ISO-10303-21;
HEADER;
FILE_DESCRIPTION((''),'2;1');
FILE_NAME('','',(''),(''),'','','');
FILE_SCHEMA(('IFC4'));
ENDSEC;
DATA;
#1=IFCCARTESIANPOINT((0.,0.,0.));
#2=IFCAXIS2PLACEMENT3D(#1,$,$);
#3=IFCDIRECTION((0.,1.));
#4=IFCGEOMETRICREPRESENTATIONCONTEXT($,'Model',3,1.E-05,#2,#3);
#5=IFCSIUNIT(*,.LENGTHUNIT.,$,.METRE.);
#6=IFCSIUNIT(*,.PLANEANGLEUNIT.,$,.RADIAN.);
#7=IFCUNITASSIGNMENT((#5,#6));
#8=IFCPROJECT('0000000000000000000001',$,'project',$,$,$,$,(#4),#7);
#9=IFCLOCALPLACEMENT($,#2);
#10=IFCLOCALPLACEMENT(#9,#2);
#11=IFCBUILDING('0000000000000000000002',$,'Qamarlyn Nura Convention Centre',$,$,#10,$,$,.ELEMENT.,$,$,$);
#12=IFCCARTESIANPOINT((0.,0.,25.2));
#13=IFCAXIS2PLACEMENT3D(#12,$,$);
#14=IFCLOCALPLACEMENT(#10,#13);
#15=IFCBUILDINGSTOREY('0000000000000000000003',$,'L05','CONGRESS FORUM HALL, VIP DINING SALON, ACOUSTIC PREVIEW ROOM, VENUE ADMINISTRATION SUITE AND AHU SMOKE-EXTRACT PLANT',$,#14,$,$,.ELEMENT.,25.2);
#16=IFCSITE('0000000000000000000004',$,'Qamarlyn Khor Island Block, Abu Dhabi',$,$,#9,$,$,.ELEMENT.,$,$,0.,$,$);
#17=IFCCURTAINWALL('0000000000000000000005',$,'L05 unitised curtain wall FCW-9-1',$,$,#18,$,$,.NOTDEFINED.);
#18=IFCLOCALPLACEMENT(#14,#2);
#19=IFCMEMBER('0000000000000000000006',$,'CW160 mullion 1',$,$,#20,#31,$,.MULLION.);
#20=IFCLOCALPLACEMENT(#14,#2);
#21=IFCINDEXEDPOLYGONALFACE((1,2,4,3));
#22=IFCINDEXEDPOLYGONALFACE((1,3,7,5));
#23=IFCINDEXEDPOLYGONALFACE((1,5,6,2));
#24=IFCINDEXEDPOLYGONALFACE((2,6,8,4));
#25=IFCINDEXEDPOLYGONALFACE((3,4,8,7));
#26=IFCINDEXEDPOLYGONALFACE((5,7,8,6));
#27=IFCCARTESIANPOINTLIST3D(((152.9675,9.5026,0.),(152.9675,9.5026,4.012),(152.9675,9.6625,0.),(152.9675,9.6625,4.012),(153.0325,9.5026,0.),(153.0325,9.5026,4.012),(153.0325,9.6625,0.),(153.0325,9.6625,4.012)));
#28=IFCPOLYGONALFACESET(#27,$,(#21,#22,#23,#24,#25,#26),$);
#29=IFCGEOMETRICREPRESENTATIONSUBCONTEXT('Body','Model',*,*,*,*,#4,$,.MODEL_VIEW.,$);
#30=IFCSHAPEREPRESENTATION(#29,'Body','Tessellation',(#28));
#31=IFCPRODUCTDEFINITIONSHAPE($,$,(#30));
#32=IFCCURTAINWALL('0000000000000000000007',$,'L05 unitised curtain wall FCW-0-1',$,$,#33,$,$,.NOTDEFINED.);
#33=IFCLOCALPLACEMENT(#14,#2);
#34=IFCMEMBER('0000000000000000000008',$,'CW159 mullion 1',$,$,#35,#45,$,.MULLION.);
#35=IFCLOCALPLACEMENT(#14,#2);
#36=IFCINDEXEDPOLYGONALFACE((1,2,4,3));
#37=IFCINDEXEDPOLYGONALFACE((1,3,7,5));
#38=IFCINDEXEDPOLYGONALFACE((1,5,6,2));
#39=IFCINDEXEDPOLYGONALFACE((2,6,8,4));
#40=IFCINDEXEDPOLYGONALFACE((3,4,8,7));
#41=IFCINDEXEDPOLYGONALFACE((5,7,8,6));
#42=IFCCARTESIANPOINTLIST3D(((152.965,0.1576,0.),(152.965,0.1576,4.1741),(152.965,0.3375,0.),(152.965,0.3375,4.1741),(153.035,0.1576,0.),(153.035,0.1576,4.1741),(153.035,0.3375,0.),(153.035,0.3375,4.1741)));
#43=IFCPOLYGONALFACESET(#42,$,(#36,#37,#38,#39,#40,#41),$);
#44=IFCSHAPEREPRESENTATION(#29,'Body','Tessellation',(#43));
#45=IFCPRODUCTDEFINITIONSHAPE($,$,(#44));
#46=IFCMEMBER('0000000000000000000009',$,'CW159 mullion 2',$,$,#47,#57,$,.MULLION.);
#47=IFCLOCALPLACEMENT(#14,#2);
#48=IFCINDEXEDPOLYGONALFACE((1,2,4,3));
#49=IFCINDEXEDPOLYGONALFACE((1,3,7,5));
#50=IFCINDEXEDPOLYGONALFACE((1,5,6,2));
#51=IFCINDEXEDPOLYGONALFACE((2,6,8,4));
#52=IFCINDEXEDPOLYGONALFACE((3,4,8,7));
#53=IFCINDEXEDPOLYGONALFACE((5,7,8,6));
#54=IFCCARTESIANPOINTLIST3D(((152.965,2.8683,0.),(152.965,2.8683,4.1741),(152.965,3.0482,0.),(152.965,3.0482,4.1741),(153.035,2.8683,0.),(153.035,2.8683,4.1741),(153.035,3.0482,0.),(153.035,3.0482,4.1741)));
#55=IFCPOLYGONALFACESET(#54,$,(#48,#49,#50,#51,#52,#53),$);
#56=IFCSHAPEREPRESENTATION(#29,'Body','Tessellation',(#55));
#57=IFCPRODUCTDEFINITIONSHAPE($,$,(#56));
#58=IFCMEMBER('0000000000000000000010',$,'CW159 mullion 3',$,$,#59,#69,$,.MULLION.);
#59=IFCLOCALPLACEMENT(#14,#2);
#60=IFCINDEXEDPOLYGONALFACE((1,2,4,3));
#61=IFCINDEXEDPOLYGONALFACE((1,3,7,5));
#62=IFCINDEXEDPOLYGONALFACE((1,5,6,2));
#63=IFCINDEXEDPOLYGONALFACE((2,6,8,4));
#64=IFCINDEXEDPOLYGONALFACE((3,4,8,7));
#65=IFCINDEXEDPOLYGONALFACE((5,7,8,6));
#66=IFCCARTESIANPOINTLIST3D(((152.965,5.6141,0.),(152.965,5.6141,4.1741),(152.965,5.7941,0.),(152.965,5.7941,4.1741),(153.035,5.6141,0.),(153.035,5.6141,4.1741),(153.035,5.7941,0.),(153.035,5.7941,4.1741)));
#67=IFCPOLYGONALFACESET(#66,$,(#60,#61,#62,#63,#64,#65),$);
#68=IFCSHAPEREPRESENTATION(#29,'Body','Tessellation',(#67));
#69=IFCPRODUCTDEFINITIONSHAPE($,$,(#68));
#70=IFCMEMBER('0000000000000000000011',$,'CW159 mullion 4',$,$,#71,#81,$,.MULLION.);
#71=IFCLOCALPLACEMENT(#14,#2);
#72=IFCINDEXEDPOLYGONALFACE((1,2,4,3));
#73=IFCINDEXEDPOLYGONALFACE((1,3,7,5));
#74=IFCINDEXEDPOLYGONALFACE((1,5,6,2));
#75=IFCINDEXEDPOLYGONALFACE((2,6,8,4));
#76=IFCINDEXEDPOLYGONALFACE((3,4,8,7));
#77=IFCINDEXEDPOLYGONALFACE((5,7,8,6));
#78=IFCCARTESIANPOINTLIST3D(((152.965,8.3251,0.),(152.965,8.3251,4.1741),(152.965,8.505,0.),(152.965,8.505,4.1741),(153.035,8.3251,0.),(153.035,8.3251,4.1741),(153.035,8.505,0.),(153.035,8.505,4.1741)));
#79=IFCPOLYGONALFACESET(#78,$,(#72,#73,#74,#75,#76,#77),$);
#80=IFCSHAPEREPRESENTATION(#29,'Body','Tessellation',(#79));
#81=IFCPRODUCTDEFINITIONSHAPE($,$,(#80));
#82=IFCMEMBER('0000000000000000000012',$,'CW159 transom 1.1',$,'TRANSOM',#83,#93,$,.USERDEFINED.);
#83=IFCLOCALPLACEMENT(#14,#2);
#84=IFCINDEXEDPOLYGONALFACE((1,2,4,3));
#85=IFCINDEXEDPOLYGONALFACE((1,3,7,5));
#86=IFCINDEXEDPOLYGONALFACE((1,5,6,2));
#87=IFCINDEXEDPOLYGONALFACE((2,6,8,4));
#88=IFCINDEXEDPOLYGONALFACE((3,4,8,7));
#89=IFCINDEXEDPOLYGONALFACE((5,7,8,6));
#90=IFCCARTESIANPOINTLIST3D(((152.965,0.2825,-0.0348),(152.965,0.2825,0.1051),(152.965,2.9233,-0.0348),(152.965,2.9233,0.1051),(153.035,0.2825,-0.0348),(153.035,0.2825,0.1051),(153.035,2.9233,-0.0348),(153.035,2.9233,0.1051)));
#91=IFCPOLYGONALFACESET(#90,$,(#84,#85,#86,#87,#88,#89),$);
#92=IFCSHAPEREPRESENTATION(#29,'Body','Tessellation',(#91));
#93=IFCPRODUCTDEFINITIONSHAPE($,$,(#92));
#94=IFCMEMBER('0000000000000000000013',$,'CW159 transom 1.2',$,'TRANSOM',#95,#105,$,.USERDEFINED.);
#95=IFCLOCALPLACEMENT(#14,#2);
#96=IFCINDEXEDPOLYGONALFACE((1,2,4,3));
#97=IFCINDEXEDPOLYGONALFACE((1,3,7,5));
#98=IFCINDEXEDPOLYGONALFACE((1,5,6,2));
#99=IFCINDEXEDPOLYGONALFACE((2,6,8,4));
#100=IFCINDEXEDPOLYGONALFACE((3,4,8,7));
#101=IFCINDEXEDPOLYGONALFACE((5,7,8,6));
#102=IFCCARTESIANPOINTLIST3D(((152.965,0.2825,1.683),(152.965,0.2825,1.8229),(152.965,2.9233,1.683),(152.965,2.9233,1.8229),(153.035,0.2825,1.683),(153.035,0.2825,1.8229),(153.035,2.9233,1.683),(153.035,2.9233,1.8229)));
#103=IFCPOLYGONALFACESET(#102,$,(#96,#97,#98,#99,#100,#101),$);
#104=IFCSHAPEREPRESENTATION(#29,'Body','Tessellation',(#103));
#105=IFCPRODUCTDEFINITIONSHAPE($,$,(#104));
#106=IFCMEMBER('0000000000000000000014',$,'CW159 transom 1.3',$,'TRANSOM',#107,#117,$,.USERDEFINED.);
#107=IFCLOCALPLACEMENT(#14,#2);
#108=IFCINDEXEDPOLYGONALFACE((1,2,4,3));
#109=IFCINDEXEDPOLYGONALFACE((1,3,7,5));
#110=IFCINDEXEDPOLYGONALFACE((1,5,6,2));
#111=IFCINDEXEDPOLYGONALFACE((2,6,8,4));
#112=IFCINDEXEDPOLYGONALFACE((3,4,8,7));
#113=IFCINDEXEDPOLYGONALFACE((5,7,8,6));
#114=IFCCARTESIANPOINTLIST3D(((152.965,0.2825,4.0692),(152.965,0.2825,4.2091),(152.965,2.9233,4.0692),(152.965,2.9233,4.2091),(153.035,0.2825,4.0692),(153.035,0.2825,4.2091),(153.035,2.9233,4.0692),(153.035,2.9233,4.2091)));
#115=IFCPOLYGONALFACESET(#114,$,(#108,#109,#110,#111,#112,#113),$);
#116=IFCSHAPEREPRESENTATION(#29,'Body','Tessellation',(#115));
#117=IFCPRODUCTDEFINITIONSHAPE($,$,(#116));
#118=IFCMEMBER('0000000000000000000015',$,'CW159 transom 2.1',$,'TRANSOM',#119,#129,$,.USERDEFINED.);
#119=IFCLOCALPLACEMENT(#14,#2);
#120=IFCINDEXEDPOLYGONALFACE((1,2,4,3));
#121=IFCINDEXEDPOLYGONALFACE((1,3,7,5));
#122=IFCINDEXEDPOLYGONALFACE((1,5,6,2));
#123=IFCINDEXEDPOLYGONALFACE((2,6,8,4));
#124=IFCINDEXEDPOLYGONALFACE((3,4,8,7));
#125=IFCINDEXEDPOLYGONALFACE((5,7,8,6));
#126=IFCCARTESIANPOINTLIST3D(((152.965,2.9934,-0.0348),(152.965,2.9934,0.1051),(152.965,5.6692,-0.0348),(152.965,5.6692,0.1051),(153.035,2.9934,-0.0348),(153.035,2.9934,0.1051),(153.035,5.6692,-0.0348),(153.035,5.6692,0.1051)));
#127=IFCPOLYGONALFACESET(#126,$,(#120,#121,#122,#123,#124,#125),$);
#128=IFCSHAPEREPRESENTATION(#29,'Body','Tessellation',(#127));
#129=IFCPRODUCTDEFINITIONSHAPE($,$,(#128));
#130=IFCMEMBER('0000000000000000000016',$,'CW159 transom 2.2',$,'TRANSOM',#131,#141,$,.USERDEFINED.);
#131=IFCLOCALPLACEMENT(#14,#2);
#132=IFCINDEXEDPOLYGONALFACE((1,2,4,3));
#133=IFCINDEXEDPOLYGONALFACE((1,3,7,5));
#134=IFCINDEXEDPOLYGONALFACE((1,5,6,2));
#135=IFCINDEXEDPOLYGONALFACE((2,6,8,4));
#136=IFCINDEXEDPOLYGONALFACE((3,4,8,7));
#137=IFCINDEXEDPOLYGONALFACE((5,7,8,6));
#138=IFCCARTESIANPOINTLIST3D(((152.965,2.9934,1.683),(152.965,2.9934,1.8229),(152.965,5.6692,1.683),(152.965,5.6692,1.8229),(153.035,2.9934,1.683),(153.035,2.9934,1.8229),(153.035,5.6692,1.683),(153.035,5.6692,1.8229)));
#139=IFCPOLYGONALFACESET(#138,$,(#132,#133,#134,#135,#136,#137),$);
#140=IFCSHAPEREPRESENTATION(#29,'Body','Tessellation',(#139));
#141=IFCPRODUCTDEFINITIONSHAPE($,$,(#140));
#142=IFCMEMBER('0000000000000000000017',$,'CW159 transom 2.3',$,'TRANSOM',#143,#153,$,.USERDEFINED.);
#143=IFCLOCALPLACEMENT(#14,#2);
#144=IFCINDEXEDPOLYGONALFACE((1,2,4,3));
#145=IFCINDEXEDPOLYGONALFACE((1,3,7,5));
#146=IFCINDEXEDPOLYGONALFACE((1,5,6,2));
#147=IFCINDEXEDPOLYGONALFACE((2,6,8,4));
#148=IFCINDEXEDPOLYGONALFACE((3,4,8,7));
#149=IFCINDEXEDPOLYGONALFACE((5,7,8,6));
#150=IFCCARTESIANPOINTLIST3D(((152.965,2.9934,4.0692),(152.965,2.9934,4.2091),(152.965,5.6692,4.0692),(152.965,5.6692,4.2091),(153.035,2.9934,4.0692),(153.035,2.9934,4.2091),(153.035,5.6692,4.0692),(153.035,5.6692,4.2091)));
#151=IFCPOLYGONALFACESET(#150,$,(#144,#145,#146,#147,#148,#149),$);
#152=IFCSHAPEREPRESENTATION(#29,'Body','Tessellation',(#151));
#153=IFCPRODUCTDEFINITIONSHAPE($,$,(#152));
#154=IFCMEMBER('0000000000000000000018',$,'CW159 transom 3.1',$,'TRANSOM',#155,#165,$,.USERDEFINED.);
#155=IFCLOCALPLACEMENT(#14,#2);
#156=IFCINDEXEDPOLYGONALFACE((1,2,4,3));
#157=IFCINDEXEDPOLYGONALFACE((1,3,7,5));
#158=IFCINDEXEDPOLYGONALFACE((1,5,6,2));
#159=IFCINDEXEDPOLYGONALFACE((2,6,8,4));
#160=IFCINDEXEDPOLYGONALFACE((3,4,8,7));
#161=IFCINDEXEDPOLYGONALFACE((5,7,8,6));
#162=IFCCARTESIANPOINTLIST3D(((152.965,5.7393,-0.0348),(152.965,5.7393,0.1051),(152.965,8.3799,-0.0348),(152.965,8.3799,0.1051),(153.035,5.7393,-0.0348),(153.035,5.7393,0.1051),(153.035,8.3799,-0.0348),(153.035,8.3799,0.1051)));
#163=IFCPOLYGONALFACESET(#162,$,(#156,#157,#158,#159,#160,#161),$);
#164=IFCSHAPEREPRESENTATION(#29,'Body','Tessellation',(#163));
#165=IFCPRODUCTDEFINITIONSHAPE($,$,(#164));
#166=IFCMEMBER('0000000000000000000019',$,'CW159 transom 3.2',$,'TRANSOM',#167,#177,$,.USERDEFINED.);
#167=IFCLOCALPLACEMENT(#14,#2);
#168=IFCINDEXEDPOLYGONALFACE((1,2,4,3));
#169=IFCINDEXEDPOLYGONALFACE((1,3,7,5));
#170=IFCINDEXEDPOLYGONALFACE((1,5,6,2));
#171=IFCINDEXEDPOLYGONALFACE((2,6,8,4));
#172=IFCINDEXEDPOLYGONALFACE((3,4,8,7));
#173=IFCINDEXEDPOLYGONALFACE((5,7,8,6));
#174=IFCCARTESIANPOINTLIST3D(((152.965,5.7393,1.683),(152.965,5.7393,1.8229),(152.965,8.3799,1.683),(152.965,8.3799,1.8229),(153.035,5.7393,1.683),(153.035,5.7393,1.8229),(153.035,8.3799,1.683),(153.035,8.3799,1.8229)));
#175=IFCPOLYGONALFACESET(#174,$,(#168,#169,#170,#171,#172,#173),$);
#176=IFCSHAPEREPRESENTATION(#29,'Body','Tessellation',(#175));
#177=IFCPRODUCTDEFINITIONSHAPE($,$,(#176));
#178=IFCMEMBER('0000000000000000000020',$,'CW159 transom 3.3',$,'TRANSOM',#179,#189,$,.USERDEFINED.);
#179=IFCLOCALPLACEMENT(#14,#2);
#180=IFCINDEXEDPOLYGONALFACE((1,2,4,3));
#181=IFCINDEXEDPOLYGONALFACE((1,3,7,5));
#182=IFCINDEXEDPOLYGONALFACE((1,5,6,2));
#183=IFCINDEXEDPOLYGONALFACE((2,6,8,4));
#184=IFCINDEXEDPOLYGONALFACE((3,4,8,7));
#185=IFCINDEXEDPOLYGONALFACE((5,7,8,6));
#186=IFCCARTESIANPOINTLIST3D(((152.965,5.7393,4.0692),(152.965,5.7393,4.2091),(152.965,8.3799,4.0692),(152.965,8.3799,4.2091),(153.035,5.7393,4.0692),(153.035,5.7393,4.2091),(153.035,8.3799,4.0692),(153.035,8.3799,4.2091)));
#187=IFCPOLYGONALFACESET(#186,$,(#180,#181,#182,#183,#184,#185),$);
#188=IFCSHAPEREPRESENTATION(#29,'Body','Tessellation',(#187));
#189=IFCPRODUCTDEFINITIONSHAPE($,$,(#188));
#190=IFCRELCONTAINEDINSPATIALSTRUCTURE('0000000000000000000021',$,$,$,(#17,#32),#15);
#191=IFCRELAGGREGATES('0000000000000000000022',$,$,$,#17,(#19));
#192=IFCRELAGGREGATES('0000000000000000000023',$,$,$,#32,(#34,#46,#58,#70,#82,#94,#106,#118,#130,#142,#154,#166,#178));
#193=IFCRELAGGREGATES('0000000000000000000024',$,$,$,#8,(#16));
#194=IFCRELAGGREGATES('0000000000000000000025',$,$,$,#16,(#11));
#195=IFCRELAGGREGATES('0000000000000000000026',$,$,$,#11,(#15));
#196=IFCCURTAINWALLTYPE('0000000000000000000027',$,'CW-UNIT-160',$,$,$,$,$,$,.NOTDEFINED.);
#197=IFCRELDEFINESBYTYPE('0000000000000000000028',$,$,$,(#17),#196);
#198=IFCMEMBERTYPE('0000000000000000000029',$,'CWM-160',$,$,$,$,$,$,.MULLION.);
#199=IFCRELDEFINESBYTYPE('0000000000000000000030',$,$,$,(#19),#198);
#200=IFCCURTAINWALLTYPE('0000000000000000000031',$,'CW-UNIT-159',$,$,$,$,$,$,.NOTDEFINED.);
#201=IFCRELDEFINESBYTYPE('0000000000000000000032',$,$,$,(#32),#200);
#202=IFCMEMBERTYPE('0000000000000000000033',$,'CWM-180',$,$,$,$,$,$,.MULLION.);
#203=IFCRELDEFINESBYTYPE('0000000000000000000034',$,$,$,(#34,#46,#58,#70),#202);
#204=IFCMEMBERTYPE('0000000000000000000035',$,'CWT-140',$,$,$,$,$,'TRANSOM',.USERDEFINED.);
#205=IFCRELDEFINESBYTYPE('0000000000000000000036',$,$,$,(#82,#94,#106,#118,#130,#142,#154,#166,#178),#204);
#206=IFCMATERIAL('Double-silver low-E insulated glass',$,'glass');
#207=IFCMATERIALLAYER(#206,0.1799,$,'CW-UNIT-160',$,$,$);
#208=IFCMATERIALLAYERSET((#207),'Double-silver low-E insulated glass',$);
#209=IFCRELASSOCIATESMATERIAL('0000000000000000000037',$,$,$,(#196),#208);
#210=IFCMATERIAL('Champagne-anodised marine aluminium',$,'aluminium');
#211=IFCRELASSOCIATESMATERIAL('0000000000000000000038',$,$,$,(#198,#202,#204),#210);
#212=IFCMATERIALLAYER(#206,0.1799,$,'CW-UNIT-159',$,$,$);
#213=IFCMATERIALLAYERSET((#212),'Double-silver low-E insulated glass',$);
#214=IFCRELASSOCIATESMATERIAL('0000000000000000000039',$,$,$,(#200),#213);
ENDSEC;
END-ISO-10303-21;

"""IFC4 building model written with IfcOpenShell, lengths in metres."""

from ifc_helpers import new_model, si_unit, direction, frame, origin, origin_2d, place, context, subcontext, project, spatial, rectangle, extrude, material, layer, layer_set, material_profile, profile_set, type_object, element, aggregate, save


model = new_model("IFC4")

# Units and contexts
model_context = context("Model", 3, precision=1e-05, world=origin(), true_north=direction((0.0, 1.0)))
body_context = subcontext(model_context, "Body", "Model", "MODEL_VIEW")
ifc_project = project(units=[si_unit("LENGTHUNIT", "METRE"), si_unit("PLANEANGLEUNIT", "RADIAN")], contexts=[model_context])

# Site, building, storey
site_placement = place(None, origin())
site = spatial("IfcSite", under=ifc_project, at=site_placement, Name="Qamarlyn Khor Island Block, Abu Dhabi", CompositionType="ELEMENT", RefElevation=0.0)
building_placement = place(site_placement, origin())
building = spatial("IfcBuilding", under=site, at=building_placement, Name="Qamarlyn Nura Convention Centre", CompositionType="ELEMENT")
storey_placement = place(building_placement, frame((0.0, 0.0, 25.2)))
storey = spatial("IfcBuildingStorey", under=building, at=storey_placement, Name="L05", Description="CONGRESS FORUM HALL, VIP DINING SALON, ACOUSTIC PREVIEW ROOM, VENUE ADMINISTRATION SUITE AND AHU SMOKE-EXTRACT PLANT", CompositionType="ELEMENT", Elevation=25.2)

# Curtain wall, member
ifc_material_1 = material(Name="Double-silver low-E insulated glass", Category="glass")
ifc_layer_1 = layer(ifc_material_1, 0.1799, Name="CW-UNIT-160")
ifc_layer_set_1 = layer_set([ifc_layer_1], Name="Double-silver low-E insulated glass")
curtain_wall_type_1 = type_object("IfcCurtainWallType", Name="CW-UNIT-160", PredefinedType="NOTDEFINED", material=ifc_layer_set_1)
curtain_wall_1_placement = place(storey_placement, origin())
curtain_wall_1 = element("IfcCurtainWall", 1, at=curtain_wall_1_placement, inside=storey, type_object=curtain_wall_type_1, Name="L05 unitised curtain wall FCW-9-1", PredefinedType="NOTDEFINED")
ifc_material_2 = material(Name="Champagne-anodised marine aluminium", Category="aluminium")
ifc_material_profile_1 = material_profile(ifc_material_2, rectangle(XDim=0.0649, YDim=0.1599, at=origin_2d()), Name="ALU MULLION 65x160")
ifc_profile_set_1 = profile_set([ifc_material_profile_1], Name="Champagne-anodised marine aluminium")
member_type_1 = type_object("IfcMemberType", Name="CWM-160", PredefinedType="MULLION", material=ifc_profile_set_1)
member_1_placement = place(storey_placement, frame((153.0, 9.5825, 0.0), z_axis=(0.0, 0.0, 1.0), x_axis=(-1.0, 0.0, 0.0)))
member_1 = element("IfcMember", 2, at=member_1_placement, type_object=member_type_1, Name="CW160 mullion 1", PredefinedType="MULLION", context=body_context, shape_type="SweptSolid", body=[
    extrude(rectangle(XDim=0.0649, YDim=0.1599, at=origin_2d()), origin(), (0.0, 0.0, 1.0), 4.012),
])
aggregate(curtain_wall_1, [member_1])

# Curtain wall, members
ifc_layer_2 = layer(ifc_material_1, 0.1799, Name="CW-UNIT-159")
ifc_layer_set_2 = layer_set([ifc_layer_2], Name="Double-silver low-E insulated glass")
curtain_wall_type_2 = type_object("IfcCurtainWallType", Name="CW-UNIT-159", PredefinedType="NOTDEFINED", material=ifc_layer_set_2)
curtain_wall_2_placement = place(storey_placement, origin())
curtain_wall_2 = element("IfcCurtainWall", 3, at=curtain_wall_2_placement, inside=storey, type_object=curtain_wall_type_2, Name="L05 unitised curtain wall FCW-0-1", PredefinedType="NOTDEFINED")
ifc_material_profile_2 = material_profile(ifc_material_2, rectangle(XDim=0.0701, YDim=0.1799, at=origin_2d()), Name="ALU MULLION 70x180")
ifc_profile_set_2 = profile_set([ifc_material_profile_2], Name="Champagne-anodised marine aluminium")
member_type_2 = type_object("IfcMemberType", Name="CWM-180", PredefinedType="MULLION", material=ifc_profile_set_2)
member_2_placement = place(storey_placement, frame((153.0, 0.2476, 0.0), z_axis=(0.0, 0.0, 1.0), x_axis=(-1.0, 0.0, 0.0)))
member_2 = element("IfcMember", 4, at=member_2_placement, type_object=member_type_2, Name="CW159 mullion 1", PredefinedType="MULLION", context=body_context, shape_type="SweptSolid", body=[
    extrude(rectangle(XDim=0.0701, YDim=0.1799, at=origin_2d()), origin(), (0.0, 0.0, 1.0), 4.1741),
])
member_3_placement = place(storey_placement, frame((153.0, 2.9583, 0.0), z_axis=(0.0, 0.0, 1.0), x_axis=(-1.0, 0.0, 0.0)))
member_3 = element("IfcMember", 5, at=member_3_placement, type_object=member_type_2, Name="CW159 mullion 2", PredefinedType="MULLION", context=body_context, shape_type="SweptSolid", body=[
    extrude(rectangle(XDim=0.0701, YDim=0.1799, at=origin_2d()), origin(), (0.0, 0.0, 1.0), 4.1741),
])
member_4_placement = place(storey_placement, frame((153.0, 5.7041, 0.0), z_axis=(0.0, 0.0, 1.0), x_axis=(-1.0, 0.0, 0.0)))
member_4 = element("IfcMember", 6, at=member_4_placement, type_object=member_type_2, Name="CW159 mullion 3", PredefinedType="MULLION", context=body_context, shape_type="SweptSolid", body=[
    extrude(rectangle(XDim=0.0701, YDim=0.1799, at=origin_2d()), origin(), (0.0, 0.0, 1.0), 4.1741),
])
member_5_placement = place(storey_placement, frame((153.0, 8.415, 0.0), z_axis=(0.0, 0.0, 1.0), x_axis=(-1.0, 0.0, 0.0)))
member_5 = element("IfcMember", 7, at=member_5_placement, type_object=member_type_2, Name="CW159 mullion 4", PredefinedType="MULLION", context=body_context, shape_type="SweptSolid", body=[
    extrude(rectangle(XDim=0.0701, YDim=0.1799, at=origin_2d()), origin(), (0.0, 0.0, 1.0), 4.1741),
])
ifc_material_profile_3 = material_profile(ifc_material_2, rectangle(XDim=0.0701, YDim=0.1399, at=origin_2d()), Name="ALU TRANSOM 70x140")
ifc_profile_set_3 = profile_set([ifc_material_profile_3], Name="Champagne-anodised marine aluminium")
member_type_3 = type_object("IfcMemberType", Name="CWT-140", ElementType="TRANSOM", PredefinedType="USERDEFINED", material=ifc_profile_set_3)
member_6_placement = place(storey_placement, frame((153.0, 0.2825, 0.0352), z_axis=(0.0, 1.0, 0.0), x_axis=(-1.0, 0.0, 0.0)))
member_6 = element("IfcMember", 8, at=member_6_placement, type_object=member_type_3, Name="CW159 transom 1.1", ObjectType="TRANSOM", PredefinedType="USERDEFINED", context=body_context, shape_type="SweptSolid", body=[
    extrude(rectangle(XDim=0.0701, YDim=0.1399, at=origin_2d()), origin(), (0.0, 0.0, 1.0), 2.6409),
])
member_7_placement = place(storey_placement, frame((153.0, 0.2825, 1.7529), z_axis=(0.0, 1.0, 0.0), x_axis=(-1.0, 0.0, 0.0)))
member_7 = element("IfcMember", 9, at=member_7_placement, type_object=member_type_3, Name="CW159 transom 1.2", ObjectType="TRANSOM", PredefinedType="USERDEFINED", context=body_context, shape_type="SweptSolid", body=[
    extrude(rectangle(XDim=0.0701, YDim=0.1399, at=origin_2d()), origin(), (0.0, 0.0, 1.0), 2.6409),
])
member_8_placement = place(storey_placement, frame((153.0, 0.2825, 4.1392), z_axis=(0.0, 1.0, 0.0), x_axis=(-1.0, 0.0, 0.0)))
member_8 = element("IfcMember", 10, at=member_8_placement, type_object=member_type_3, Name="CW159 transom 1.3", ObjectType="TRANSOM", PredefinedType="USERDEFINED", context=body_context, shape_type="SweptSolid", body=[
    extrude(rectangle(XDim=0.0701, YDim=0.1399, at=origin_2d()), origin(), (0.0, 0.0, 1.0), 2.6409),
])
member_9_placement = place(storey_placement, frame((153.0, 2.9934, 0.0352), z_axis=(0.0, 1.0, 0.0), x_axis=(-1.0, 0.0, 0.0)))
member_9 = element("IfcMember", 11, at=member_9_placement, type_object=member_type_3, Name="CW159 transom 2.1", ObjectType="TRANSOM", PredefinedType="USERDEFINED", context=body_context, shape_type="SweptSolid", body=[
    extrude(rectangle(XDim=0.0701, YDim=0.1399, at=origin_2d()), origin(), (0.0, 0.0, 1.0), 2.6758),
])
member_10_placement = place(storey_placement, frame((153.0, 2.9934, 1.7529), z_axis=(0.0, 1.0, 0.0), x_axis=(-1.0, 0.0, 0.0)))
member_10 = element("IfcMember", 12, at=member_10_placement, type_object=member_type_3, Name="CW159 transom 2.2", ObjectType="TRANSOM", PredefinedType="USERDEFINED", context=body_context, shape_type="SweptSolid", body=[
    extrude(rectangle(XDim=0.0701, YDim=0.1399, at=origin_2d()), origin(), (0.0, 0.0, 1.0), 2.6758),
])
member_11_placement = place(storey_placement, frame((153.0, 2.9934, 4.1392), z_axis=(0.0, 1.0, 0.0), x_axis=(-1.0, 0.0, 0.0)))
member_11 = element("IfcMember", 13, at=member_11_placement, type_object=member_type_3, Name="CW159 transom 2.3", ObjectType="TRANSOM", PredefinedType="USERDEFINED", context=body_context, shape_type="SweptSolid", body=[
    extrude(rectangle(XDim=0.0701, YDim=0.1399, at=origin_2d()), origin(), (0.0, 0.0, 1.0), 2.6758),
])
member_12_placement = place(storey_placement, frame((153.0, 5.7393, 0.0352), z_axis=(0.0, 1.0, 0.0), x_axis=(-1.0, 0.0, 0.0)))
member_12 = element("IfcMember", 14, at=member_12_placement, type_object=member_type_3, Name="CW159 transom 3.1", ObjectType="TRANSOM", PredefinedType="USERDEFINED", context=body_context, shape_type="SweptSolid", body=[
    extrude(rectangle(XDim=0.0701, YDim=0.1399, at=origin_2d()), origin(), (0.0, 0.0, 1.0), 2.6406),
])
member_13_placement = place(storey_placement, frame((153.0, 5.7393, 1.7529), z_axis=(0.0, 1.0, 0.0), x_axis=(-1.0, 0.0, 0.0)))
member_13 = element("IfcMember", 15, at=member_13_placement, type_object=member_type_3, Name="CW159 transom 3.2", ObjectType="TRANSOM", PredefinedType="USERDEFINED", context=body_context, shape_type="SweptSolid", body=[
    extrude(rectangle(XDim=0.0701, YDim=0.1399, at=origin_2d()), origin(), (0.0, 0.0, 1.0), 2.6406),
])
member_14_placement = place(storey_placement, frame((153.0, 5.7393, 4.1392), z_axis=(0.0, 1.0, 0.0), x_axis=(-1.0, 0.0, 0.0)))
member_14 = element("IfcMember", 16, at=member_14_placement, type_object=member_type_3, Name="CW159 transom 3.3", ObjectType="TRANSOM", PredefinedType="USERDEFINED", context=body_context, shape_type="SweptSolid", body=[
    extrude(rectangle(XDim=0.0701, YDim=0.1399, at=origin_2d()), origin(), (0.0, 0.0, 1.0), 2.6406),
])
aggregate(curtain_wall_2, [member_2, member_3, member_4, member_5, member_6, member_7, member_8, member_9, member_10, member_11, member_12, member_13, member_14])

save(model, "model.ifc")
